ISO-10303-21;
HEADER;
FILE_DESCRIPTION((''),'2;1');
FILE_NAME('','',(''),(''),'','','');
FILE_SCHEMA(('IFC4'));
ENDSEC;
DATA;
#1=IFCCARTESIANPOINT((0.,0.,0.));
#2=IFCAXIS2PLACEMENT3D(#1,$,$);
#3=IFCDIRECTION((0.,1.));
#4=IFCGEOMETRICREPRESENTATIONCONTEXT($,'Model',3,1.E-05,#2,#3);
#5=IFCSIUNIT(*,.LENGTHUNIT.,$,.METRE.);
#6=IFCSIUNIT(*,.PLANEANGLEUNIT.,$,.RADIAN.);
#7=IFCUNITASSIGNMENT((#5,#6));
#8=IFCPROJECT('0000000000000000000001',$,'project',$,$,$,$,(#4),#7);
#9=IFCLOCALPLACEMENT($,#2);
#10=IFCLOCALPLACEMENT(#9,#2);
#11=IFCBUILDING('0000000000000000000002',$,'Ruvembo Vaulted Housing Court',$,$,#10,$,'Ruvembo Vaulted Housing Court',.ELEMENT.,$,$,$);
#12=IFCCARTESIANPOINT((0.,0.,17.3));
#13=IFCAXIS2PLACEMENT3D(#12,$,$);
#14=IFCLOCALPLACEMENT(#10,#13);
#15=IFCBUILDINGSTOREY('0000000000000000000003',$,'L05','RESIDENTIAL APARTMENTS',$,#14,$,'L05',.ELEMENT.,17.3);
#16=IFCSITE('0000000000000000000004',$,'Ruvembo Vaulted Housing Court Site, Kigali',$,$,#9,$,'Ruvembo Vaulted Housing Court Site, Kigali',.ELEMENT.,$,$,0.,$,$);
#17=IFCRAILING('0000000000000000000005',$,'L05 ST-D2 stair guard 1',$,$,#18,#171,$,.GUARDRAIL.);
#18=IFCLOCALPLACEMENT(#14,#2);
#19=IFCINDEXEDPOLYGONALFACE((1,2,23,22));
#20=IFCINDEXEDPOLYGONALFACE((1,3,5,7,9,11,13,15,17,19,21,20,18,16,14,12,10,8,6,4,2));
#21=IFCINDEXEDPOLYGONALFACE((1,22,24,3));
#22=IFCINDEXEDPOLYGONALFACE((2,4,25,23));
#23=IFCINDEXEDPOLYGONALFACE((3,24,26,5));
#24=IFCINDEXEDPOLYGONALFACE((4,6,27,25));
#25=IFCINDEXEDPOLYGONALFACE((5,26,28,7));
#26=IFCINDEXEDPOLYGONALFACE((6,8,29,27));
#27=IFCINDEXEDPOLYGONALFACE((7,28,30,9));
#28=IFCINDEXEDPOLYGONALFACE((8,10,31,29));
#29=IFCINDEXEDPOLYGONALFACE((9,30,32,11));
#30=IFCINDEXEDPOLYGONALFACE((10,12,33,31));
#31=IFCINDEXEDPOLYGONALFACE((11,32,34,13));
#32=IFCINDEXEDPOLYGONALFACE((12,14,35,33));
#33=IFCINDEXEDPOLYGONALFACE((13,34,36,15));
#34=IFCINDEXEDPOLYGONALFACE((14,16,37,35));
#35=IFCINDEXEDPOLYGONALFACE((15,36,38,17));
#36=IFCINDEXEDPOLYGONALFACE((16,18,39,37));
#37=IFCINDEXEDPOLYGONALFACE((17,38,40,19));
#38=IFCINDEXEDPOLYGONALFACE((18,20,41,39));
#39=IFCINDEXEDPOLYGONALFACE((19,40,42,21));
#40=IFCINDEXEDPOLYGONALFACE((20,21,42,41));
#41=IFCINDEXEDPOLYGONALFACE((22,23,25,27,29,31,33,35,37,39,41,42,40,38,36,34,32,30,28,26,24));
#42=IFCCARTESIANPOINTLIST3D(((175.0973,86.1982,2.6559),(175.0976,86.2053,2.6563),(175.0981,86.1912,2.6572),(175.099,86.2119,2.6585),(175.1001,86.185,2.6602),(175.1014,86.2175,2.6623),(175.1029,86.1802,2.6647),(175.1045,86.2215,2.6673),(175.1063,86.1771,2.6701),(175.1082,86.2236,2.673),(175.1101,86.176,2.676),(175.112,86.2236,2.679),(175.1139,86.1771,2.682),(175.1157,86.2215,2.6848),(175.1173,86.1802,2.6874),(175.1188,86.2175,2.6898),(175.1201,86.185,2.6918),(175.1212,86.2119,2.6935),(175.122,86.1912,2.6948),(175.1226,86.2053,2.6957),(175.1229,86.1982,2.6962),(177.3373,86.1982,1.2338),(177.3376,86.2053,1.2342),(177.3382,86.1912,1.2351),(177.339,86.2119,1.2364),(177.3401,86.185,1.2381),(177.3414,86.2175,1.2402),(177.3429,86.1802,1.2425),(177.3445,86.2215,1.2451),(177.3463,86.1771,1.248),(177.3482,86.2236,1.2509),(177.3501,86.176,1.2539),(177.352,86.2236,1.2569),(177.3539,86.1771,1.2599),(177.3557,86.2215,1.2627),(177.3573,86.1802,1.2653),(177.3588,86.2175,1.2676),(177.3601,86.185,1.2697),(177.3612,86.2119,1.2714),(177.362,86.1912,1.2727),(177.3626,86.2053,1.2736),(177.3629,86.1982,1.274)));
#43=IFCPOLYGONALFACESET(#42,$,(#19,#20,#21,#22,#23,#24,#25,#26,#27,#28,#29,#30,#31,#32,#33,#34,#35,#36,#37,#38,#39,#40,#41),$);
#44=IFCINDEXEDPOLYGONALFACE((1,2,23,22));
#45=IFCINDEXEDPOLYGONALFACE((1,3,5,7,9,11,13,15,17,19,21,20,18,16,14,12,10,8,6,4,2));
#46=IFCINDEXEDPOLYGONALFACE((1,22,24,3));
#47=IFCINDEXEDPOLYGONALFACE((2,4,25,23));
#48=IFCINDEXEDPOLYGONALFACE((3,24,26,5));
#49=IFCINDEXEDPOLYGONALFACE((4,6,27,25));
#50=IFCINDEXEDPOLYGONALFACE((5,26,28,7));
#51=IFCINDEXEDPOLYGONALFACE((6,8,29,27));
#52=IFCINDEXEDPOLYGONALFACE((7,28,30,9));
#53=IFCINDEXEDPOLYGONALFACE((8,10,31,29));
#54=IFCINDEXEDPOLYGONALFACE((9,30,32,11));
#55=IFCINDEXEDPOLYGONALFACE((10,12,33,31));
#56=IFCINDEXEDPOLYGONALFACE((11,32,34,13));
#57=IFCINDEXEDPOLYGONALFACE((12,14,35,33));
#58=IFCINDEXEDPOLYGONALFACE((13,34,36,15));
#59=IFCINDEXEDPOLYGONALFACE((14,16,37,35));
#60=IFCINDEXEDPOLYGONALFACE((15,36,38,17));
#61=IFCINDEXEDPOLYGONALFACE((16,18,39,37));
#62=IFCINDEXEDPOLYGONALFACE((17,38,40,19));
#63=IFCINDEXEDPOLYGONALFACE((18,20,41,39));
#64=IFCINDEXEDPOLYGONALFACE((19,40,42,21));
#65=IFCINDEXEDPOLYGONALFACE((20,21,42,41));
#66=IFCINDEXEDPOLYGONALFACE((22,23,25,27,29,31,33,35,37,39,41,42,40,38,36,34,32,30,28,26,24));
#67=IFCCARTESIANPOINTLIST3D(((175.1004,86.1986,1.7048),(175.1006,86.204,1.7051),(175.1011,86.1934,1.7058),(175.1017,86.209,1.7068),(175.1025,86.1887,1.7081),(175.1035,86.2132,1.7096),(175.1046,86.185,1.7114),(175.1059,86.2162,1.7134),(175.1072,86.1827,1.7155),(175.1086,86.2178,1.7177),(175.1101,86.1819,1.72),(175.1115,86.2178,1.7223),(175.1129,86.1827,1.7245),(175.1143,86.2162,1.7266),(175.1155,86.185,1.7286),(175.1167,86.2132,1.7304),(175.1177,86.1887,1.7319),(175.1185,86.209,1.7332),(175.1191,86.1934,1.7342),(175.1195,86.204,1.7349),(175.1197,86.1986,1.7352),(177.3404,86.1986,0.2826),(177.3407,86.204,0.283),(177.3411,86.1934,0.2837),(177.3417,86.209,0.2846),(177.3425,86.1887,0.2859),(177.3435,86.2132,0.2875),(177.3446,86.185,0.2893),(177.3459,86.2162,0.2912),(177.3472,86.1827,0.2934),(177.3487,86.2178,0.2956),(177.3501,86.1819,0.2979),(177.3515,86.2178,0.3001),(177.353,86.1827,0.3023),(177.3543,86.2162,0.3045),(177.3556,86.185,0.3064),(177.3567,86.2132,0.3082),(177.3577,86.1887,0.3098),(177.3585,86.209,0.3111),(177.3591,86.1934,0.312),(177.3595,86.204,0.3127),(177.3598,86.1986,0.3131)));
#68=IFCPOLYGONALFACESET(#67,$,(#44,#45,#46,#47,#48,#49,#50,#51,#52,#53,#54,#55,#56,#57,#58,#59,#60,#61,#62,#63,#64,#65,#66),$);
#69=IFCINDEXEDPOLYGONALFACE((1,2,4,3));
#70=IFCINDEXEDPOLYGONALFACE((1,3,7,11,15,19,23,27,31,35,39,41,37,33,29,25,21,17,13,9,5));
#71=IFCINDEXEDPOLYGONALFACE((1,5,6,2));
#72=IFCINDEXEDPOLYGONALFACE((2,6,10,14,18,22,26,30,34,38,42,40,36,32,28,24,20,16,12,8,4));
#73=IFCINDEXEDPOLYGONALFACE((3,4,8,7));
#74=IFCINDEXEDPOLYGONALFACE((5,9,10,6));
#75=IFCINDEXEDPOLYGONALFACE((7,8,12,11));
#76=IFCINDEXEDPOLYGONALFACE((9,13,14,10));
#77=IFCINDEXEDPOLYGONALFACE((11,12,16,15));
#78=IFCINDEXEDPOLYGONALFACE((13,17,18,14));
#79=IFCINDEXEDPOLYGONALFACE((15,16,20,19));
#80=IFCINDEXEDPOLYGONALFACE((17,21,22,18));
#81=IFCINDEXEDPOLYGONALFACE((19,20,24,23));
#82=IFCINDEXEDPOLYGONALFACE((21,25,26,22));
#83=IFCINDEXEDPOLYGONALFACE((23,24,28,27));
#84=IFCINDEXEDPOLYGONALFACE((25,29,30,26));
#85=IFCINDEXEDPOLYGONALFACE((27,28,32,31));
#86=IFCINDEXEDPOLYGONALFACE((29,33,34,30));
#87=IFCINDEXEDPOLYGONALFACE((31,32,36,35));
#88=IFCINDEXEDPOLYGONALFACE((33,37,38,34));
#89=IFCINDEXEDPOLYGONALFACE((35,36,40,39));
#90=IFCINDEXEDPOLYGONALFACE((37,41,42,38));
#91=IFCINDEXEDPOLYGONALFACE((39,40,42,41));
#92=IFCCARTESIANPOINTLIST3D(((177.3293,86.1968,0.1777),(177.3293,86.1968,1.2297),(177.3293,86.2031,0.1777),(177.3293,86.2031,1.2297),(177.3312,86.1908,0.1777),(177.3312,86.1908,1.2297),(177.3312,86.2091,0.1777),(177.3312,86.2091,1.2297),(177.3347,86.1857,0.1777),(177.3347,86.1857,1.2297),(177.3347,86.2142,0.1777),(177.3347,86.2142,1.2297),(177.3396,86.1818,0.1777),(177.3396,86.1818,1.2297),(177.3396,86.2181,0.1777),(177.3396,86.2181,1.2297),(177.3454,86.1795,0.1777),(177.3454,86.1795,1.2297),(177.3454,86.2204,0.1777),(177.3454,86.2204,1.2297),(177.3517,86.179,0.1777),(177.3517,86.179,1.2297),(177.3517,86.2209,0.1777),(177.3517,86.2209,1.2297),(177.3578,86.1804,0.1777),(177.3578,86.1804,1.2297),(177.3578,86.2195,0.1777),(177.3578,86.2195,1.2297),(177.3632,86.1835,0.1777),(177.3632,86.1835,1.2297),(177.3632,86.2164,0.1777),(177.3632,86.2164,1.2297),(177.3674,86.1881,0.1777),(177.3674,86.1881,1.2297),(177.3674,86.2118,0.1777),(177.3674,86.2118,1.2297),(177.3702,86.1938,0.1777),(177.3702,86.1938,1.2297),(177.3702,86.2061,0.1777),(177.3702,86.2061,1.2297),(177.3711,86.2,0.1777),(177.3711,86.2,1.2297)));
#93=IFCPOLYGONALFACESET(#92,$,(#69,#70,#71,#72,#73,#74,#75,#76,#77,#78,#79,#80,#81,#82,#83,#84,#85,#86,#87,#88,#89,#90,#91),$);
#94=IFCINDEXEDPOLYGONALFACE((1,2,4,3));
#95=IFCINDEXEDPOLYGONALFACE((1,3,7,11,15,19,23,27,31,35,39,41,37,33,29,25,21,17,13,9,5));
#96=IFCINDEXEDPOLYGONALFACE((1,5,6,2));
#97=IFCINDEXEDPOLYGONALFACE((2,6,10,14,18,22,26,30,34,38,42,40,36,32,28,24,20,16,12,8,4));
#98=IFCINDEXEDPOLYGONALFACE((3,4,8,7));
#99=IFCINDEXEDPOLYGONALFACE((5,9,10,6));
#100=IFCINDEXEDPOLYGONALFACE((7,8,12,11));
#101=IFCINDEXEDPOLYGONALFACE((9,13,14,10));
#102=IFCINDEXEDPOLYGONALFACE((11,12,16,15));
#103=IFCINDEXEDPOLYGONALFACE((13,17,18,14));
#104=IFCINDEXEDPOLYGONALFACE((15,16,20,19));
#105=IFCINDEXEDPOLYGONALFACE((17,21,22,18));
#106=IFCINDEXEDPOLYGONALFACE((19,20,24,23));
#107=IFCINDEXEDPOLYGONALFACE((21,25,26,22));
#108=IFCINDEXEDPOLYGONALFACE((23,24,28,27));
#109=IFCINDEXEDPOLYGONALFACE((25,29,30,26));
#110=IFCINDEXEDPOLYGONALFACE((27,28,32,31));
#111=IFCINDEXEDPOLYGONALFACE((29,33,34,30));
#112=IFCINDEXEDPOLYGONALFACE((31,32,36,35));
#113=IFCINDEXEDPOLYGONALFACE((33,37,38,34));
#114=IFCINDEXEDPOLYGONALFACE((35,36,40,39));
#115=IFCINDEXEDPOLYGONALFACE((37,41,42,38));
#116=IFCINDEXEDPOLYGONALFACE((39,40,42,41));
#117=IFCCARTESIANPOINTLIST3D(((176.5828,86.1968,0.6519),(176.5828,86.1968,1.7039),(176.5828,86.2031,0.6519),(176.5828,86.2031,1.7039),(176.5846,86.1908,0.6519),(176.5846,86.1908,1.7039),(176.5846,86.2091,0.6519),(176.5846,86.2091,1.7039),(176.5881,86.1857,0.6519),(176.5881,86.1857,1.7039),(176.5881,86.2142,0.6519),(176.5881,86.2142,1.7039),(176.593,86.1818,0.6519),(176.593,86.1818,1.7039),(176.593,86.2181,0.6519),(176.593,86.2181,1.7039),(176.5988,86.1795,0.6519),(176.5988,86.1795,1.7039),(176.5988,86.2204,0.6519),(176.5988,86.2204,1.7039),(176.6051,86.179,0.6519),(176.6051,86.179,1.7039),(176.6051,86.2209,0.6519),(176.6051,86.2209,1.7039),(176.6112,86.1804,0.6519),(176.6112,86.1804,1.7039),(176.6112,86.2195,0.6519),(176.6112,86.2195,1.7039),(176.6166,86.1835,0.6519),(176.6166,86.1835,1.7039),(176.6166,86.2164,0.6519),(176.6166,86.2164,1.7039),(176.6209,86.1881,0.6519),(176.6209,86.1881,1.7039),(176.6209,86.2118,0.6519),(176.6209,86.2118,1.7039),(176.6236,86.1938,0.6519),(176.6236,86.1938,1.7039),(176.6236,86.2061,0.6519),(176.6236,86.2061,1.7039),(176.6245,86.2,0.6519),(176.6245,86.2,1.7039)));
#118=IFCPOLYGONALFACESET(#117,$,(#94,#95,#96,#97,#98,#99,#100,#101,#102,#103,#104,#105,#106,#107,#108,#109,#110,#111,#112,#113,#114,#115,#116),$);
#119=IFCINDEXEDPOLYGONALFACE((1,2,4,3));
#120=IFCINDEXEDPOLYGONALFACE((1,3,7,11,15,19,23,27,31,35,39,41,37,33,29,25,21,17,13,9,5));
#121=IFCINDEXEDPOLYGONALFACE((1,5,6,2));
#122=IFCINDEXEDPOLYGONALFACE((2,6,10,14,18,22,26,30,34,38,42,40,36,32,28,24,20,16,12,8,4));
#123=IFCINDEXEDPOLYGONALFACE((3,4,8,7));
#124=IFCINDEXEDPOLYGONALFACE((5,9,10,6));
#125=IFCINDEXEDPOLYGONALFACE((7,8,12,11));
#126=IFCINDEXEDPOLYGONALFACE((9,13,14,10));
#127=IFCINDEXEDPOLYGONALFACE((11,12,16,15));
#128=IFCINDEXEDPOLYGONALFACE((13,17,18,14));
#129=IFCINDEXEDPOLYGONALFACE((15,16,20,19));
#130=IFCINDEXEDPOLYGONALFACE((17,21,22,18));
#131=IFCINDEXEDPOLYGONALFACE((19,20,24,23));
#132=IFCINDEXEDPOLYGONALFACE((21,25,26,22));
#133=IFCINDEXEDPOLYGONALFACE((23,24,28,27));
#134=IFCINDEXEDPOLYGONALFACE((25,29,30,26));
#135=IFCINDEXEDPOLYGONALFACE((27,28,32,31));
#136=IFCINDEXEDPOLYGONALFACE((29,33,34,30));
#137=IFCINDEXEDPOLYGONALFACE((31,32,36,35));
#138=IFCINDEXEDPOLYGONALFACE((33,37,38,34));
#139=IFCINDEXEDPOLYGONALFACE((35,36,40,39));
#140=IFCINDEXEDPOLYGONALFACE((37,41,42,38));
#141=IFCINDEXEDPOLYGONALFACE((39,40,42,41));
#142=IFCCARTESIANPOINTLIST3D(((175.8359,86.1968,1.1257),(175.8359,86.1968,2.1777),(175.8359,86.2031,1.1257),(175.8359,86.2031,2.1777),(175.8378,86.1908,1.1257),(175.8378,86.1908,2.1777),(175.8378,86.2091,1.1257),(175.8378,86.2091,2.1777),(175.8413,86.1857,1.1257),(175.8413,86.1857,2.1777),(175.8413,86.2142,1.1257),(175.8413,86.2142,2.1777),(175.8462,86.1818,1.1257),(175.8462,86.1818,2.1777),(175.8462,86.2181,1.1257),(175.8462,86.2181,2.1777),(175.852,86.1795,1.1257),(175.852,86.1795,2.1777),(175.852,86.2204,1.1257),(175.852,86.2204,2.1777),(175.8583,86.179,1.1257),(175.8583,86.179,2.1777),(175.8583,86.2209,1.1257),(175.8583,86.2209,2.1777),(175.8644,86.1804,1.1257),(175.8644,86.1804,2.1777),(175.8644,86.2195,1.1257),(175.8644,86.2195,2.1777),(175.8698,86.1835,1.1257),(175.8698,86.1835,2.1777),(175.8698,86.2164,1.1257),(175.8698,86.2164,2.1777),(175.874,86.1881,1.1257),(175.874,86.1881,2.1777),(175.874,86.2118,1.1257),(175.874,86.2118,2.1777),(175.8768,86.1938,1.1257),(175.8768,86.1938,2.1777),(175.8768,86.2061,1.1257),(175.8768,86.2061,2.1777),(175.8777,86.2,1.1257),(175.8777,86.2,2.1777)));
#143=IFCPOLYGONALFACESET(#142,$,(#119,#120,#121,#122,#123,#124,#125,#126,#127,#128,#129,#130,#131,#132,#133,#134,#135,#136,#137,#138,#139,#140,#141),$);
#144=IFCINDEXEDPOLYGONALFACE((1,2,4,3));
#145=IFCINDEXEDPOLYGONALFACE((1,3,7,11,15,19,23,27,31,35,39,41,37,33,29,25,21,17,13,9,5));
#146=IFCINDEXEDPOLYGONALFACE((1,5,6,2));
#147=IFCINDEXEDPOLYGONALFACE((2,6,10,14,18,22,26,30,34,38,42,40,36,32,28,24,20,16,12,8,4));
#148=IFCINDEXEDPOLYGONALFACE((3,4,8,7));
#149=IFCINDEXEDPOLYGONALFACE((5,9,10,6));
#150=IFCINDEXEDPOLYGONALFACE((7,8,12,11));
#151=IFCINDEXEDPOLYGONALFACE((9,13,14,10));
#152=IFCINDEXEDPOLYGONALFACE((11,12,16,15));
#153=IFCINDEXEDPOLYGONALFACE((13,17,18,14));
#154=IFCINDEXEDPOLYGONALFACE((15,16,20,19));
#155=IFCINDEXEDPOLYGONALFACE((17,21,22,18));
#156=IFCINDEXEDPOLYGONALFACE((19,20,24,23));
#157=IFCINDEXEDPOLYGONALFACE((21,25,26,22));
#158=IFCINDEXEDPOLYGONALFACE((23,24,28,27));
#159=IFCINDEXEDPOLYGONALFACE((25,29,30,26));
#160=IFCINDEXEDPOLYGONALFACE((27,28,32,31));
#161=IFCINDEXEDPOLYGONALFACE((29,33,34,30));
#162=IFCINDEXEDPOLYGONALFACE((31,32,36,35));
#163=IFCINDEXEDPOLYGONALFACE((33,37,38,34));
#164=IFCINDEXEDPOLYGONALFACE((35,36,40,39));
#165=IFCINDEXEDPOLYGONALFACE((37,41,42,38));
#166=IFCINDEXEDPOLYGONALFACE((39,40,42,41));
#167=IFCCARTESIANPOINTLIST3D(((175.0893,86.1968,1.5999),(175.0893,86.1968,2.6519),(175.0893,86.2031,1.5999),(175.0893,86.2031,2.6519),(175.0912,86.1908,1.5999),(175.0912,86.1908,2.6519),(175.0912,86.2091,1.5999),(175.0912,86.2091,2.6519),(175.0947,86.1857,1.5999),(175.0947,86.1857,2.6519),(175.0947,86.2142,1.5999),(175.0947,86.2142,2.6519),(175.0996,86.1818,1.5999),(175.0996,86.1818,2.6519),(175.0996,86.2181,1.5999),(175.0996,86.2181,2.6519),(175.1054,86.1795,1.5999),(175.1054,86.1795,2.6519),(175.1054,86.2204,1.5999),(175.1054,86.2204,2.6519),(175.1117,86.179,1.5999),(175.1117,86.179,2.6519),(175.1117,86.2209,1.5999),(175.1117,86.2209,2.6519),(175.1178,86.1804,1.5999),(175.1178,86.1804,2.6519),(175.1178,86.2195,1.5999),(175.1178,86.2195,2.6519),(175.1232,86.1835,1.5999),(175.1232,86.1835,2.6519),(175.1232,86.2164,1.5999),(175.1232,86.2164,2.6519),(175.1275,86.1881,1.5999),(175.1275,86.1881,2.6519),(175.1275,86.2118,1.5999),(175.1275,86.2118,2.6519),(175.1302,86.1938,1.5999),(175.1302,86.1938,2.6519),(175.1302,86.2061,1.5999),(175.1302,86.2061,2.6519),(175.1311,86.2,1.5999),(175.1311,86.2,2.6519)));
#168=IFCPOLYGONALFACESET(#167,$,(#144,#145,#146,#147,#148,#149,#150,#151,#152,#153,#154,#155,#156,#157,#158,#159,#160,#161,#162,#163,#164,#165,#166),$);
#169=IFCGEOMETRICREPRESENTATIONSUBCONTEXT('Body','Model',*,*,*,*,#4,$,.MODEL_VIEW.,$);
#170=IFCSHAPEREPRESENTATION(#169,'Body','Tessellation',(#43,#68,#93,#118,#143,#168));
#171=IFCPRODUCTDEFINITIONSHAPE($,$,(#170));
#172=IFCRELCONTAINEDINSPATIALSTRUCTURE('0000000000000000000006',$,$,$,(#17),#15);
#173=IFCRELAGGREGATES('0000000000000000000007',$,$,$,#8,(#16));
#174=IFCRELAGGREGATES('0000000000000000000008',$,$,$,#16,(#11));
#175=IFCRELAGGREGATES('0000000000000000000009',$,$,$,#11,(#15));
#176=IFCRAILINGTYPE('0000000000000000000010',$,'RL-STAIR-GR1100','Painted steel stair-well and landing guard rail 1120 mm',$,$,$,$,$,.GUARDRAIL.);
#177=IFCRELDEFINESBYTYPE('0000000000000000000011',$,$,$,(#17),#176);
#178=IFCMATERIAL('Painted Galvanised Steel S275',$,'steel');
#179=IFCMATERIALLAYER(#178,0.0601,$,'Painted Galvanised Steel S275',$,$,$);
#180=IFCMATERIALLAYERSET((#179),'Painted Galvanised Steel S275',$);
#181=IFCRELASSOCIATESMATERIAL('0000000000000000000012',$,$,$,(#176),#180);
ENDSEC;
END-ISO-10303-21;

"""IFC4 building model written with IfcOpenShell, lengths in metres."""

from ifc_helpers import new_model, si_unit, direction, frame, origin, origin_2d, place, context, subcontext, project, spatial, circle, extrude, material, layer, layer_set, type_object, element, save


model = new_model("IFC4")

# Units and contexts
model_context = context("Model", 3, precision=1e-05, world=origin(), true_north=direction((0.0, 1.0)))
body_context = subcontext(model_context, "Body", "Model", "MODEL_VIEW")
ifc_project = project(units=[si_unit("LENGTHUNIT", "METRE"), si_unit("PLANEANGLEUNIT", "RADIAN")], contexts=[model_context])

# Site, building, storey
site_placement = place(None, origin())
site = spatial("IfcSite", under=ifc_project, at=site_placement, Name="Ruvembo Vaulted Housing Court Site, Kigali", LongName="Ruvembo Vaulted Housing Court Site, Kigali", CompositionType="ELEMENT", RefElevation=0.0)
building_placement = place(site_placement, origin())
building = spatial("IfcBuilding", under=site, at=building_placement, Name="Ruvembo Vaulted Housing Court", LongName="Ruvembo Vaulted Housing Court", CompositionType="ELEMENT")
storey_placement = place(building_placement, frame((0.0, 0.0, 17.3)))
storey = spatial("IfcBuildingStorey", under=building, at=storey_placement, Name="L05", Description="RESIDENTIAL APARTMENTS", LongName="L05", CompositionType="ELEMENT", Elevation=17.3)

# Railing
ifc_material_1 = material(Name="Painted Galvanised Steel S275", Category="steel")
ifc_layer_1 = layer(ifc_material_1, 0.0601, Name="Painted Galvanised Steel S275")
ifc_layer_set_1 = layer_set([ifc_layer_1], Name="Painted Galvanised Steel S275")
railing_type_1 = type_object("IfcRailingType", Name="RL-STAIR-GR1100", Description="Painted steel stair-well and landing guard rail 1120 mm", PredefinedType="GUARDRAIL", material=ifc_layer_set_1)
railing_1_placement = place(storey_placement, frame((177.3501, 86.2, 0.1777)))
element("IfcRailing", 1, at=railing_1_placement, inside=storey, type_object=railing_type_1, Name="L05 ST-D2 stair guard 1", PredefinedType="GUARDRAIL", context=body_context, shape_type="SweptSolid", body=[
    extrude(circle(Radius=0.0239, at=origin_2d()), frame((0.0, 0.0, 1.0762), z_axis=(-0.844229, 0.0, 0.535982), x_axis=(0.0, -1.0, 0.0)), (0.0, 0.0, 1.0), 2.6533),
    extrude(circle(Radius=0.0181, at=origin_2d()), frame((0.0, 0.0, 0.1201), z_axis=(-0.844229, 0.0, 0.535982), x_axis=(0.0, -1.0, 0.0)), (0.0, 0.0, 1.0), 2.6533),
    extrude(circle(Radius=0.021, at=origin_2d()), origin(), (0.0, 0.0, 1.0), 1.052),
    extrude(circle(Radius=0.021, at=origin_2d()), frame((-0.7466, 0.0, 0.4741)), (0.0, 0.0, 1.0), 1.052),
    extrude(circle(Radius=0.021, at=origin_2d()), frame((-1.4934, 0.0, 0.948)), (0.0, 0.0, 1.0), 1.052),
    extrude(circle(Radius=0.021, at=origin_2d()), frame((-2.24, 0.0, 1.4221)), (0.0, 0.0, 1.0), 1.052),
])

save(model, "model.ifc")
